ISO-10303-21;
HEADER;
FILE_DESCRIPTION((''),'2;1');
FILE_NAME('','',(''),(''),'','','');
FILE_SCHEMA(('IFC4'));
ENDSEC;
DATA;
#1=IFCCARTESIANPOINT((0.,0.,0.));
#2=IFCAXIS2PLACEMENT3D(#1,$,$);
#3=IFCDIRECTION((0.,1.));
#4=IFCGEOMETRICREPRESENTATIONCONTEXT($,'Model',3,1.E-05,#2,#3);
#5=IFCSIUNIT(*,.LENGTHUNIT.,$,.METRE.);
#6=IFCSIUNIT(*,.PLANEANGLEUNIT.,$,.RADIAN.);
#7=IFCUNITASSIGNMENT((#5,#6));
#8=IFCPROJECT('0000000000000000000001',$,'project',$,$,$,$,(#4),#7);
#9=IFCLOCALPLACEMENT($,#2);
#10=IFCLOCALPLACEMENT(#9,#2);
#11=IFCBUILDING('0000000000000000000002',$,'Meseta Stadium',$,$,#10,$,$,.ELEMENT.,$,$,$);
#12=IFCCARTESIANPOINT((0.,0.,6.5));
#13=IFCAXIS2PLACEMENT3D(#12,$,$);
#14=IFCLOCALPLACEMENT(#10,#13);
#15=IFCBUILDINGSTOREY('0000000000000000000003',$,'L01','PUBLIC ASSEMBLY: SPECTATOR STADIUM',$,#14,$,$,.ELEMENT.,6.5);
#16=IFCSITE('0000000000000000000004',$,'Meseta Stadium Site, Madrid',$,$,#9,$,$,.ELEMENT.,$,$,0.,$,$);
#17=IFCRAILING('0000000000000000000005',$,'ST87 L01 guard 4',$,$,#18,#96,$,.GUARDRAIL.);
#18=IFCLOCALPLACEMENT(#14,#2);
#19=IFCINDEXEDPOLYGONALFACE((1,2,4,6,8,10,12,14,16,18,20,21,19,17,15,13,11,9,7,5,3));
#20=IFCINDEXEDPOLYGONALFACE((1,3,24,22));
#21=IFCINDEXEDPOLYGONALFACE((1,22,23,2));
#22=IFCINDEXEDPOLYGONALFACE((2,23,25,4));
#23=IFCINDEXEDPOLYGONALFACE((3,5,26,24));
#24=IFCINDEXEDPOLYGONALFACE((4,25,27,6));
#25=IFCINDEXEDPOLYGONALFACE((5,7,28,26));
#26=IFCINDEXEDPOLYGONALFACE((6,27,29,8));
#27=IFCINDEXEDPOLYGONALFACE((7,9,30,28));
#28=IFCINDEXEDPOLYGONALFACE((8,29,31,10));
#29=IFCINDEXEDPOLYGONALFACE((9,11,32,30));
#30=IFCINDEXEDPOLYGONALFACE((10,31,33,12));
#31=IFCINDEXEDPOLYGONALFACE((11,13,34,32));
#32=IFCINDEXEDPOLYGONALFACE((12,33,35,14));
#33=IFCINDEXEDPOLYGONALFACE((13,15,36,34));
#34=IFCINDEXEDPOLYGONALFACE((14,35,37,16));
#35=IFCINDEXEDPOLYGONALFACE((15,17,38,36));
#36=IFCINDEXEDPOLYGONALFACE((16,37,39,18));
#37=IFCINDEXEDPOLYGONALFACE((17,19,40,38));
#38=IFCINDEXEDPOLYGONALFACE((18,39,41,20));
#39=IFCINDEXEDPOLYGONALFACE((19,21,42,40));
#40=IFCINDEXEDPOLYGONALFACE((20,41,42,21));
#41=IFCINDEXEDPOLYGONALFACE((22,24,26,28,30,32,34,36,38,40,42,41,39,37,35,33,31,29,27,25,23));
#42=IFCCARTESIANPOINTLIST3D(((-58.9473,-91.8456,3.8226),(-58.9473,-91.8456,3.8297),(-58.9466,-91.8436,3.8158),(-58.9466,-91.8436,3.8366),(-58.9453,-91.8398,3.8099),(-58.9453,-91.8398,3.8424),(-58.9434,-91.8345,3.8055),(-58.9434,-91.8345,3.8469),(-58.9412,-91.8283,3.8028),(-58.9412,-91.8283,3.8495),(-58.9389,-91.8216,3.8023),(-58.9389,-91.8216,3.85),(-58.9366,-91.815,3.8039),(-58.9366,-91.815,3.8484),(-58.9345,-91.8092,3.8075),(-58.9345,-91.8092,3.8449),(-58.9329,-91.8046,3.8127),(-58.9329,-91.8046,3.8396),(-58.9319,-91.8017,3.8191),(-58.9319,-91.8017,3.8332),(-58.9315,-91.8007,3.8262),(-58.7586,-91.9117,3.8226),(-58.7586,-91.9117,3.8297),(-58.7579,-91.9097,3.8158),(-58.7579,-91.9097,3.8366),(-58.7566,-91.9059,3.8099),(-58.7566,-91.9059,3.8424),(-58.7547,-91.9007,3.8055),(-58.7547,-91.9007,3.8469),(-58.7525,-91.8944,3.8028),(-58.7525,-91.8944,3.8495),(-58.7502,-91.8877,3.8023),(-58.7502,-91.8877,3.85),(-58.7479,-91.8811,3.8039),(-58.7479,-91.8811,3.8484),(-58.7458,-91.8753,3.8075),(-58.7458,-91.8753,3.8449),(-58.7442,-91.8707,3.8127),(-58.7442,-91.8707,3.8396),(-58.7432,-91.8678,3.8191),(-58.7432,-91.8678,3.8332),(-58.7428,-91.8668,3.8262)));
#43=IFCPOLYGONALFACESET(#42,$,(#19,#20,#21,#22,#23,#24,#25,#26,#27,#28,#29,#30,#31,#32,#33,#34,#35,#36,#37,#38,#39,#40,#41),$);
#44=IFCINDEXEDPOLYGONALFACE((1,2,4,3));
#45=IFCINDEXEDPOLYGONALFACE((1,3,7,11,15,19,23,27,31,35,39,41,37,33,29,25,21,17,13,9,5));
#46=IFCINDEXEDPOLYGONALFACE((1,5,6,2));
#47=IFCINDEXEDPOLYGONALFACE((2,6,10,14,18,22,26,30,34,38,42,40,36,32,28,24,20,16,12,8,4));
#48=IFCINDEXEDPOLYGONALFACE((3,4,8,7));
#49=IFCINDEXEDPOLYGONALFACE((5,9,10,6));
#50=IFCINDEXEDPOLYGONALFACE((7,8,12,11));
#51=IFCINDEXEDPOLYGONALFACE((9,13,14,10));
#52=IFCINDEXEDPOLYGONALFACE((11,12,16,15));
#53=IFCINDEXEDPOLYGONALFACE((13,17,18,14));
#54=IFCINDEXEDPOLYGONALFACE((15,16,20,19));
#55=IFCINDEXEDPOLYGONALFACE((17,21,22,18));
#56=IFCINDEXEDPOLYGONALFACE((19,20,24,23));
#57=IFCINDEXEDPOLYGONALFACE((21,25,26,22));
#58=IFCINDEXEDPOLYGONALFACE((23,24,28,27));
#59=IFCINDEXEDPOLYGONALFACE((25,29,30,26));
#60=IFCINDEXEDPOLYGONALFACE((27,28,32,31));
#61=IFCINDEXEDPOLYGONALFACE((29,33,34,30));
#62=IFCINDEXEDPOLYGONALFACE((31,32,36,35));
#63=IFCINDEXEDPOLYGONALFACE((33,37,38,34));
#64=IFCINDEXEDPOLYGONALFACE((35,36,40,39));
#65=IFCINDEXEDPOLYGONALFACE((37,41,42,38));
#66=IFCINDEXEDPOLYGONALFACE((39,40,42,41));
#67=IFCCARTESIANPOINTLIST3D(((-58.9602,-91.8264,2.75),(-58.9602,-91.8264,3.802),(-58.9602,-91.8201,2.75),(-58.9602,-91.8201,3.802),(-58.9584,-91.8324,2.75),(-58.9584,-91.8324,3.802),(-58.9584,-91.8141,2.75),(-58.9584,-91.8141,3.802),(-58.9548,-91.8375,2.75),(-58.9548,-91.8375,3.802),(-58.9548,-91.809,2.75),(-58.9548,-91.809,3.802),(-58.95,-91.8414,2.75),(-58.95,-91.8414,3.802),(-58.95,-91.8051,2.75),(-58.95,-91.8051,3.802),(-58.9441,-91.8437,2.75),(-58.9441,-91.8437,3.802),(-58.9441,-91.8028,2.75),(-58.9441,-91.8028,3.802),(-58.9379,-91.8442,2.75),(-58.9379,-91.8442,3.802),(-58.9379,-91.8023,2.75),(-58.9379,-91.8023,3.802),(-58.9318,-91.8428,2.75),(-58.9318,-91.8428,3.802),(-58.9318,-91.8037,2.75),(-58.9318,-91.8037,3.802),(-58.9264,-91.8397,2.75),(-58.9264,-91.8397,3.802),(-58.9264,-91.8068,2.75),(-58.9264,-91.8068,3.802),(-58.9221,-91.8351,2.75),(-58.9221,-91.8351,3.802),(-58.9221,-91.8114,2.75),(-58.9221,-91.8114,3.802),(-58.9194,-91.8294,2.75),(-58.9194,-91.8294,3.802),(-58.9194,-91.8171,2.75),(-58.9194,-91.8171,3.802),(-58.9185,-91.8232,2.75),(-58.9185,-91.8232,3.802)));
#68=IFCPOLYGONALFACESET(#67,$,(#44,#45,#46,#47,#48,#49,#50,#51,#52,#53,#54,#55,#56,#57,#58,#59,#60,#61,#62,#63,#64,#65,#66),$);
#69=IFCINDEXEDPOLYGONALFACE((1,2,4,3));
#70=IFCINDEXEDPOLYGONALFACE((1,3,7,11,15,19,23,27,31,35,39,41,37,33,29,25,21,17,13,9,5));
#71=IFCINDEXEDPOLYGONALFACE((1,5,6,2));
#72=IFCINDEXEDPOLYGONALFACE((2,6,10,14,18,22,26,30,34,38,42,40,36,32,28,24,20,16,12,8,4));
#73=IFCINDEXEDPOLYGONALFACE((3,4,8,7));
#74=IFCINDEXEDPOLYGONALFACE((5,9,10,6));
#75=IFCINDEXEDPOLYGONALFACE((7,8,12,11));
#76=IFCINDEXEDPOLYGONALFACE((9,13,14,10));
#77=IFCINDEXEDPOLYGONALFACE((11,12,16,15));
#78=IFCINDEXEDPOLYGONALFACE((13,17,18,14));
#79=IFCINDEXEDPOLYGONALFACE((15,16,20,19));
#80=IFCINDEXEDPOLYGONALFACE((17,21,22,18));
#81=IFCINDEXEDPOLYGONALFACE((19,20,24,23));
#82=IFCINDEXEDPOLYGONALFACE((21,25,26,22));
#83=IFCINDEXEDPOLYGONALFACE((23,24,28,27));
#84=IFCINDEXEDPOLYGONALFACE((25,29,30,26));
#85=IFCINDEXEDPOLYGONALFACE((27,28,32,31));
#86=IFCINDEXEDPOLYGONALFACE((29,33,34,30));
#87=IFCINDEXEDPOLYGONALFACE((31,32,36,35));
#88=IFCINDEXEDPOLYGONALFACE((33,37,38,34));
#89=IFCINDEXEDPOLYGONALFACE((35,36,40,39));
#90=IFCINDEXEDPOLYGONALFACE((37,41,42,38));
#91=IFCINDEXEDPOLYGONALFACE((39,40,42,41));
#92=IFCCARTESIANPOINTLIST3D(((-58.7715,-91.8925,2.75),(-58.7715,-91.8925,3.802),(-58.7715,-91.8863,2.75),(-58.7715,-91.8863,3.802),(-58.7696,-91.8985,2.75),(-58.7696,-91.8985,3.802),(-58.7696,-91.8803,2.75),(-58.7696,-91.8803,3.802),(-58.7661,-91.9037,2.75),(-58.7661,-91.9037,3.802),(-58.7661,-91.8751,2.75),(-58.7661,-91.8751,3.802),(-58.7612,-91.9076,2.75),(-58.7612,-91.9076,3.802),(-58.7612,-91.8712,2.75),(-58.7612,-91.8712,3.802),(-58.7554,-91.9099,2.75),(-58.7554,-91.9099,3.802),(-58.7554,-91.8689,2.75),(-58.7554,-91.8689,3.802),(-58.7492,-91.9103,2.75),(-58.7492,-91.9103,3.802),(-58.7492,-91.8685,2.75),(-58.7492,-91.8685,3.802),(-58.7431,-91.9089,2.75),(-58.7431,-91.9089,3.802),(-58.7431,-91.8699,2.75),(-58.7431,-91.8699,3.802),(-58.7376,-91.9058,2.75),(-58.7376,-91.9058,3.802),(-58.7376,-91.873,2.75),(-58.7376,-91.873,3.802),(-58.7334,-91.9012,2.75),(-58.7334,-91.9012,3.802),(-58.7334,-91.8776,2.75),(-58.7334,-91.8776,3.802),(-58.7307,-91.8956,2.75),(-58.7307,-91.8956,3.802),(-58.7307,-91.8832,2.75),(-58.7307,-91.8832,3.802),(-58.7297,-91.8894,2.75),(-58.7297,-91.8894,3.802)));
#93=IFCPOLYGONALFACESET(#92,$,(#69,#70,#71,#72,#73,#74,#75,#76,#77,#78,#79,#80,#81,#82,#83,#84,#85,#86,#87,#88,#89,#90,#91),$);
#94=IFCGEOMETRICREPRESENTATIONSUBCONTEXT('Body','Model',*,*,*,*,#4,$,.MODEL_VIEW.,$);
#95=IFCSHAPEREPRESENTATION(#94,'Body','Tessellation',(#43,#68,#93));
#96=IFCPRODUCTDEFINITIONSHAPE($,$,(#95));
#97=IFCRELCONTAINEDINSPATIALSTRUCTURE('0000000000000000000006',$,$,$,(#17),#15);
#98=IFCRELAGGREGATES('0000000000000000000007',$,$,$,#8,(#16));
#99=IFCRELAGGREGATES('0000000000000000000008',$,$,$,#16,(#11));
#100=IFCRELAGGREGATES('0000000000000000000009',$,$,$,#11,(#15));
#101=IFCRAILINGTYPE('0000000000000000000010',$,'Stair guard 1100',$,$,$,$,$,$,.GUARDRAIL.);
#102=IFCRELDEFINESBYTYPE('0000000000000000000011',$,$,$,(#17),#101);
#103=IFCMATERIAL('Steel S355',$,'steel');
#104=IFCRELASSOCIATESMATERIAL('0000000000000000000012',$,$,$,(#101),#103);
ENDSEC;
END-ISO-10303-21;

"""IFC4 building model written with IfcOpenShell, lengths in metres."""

from ifc_helpers import new_model, si_unit, direction, frame, origin, origin_2d, place, context, subcontext, project, spatial, circle, extrude, material, type_object, element, save


model = new_model("IFC4")

# Units and contexts
model_context = context("Model", 3, precision=1e-05, world=origin(), true_north=direction((0.0, 1.0)))
body_context = subcontext(model_context, "Body", "Model", "MODEL_VIEW")
ifc_project = project(units=[si_unit("LENGTHUNIT", "METRE"), si_unit("PLANEANGLEUNIT", "RADIAN")], contexts=[model_context])

# Site, building, storey
site_placement = place(None, origin())
site = spatial("IfcSite", under=ifc_project, at=site_placement, Name="Meseta Stadium Site, Madrid", CompositionType="ELEMENT", RefElevation=0.0)
building_placement = place(site_placement, origin())
building = spatial("IfcBuilding", under=site, at=building_placement, Name="Meseta Stadium", CompositionType="ELEMENT")
storey_placement = place(building_placement, frame((0.0, 0.0, 6.5)))
storey = spatial("IfcBuildingStorey", under=building, at=storey_placement, Name="L01", Description="PUBLIC ASSEMBLY: SPECTATOR STADIUM", CompositionType="ELEMENT", Elevation=6.5)

# Railing
ifc_material_1 = material(Name="Steel S355", Category="steel")
railing_type_1 = type_object("IfcRailingType", Name="Stair guard 1100", PredefinedType="GUARDRAIL", material=ifc_material_1)
railing_1_placement = place(storey_placement, frame((-58.9395, -91.8232, 2.75)))
element("IfcRailing", 1, at=railing_1_placement, inside=storey, type_object=railing_type_1, Name="ST87 L01 guard 4", PredefinedType="GUARDRAIL", context=body_context, shape_type="SweptSolid", body=[
    extrude(circle(Radius=0.0239, at=origin_2d()), frame((0.0, 0.0, 1.0762), z_axis=(0.943687, -0.33084, 0.0), x_axis=(0.33084, 0.943687, 0.0)), (0.0, 0.0, 1.0), 0.2),
    extrude(circle(Radius=0.021, at=origin_2d()), origin(), (0.0, 0.0, 1.0), 1.052),
    extrude(circle(Radius=0.021, at=origin_2d()), frame((0.1887, -0.0662, 0.0)), (0.0, 0.0, 1.0), 1.052),
])

save(model, "model.ifc")
